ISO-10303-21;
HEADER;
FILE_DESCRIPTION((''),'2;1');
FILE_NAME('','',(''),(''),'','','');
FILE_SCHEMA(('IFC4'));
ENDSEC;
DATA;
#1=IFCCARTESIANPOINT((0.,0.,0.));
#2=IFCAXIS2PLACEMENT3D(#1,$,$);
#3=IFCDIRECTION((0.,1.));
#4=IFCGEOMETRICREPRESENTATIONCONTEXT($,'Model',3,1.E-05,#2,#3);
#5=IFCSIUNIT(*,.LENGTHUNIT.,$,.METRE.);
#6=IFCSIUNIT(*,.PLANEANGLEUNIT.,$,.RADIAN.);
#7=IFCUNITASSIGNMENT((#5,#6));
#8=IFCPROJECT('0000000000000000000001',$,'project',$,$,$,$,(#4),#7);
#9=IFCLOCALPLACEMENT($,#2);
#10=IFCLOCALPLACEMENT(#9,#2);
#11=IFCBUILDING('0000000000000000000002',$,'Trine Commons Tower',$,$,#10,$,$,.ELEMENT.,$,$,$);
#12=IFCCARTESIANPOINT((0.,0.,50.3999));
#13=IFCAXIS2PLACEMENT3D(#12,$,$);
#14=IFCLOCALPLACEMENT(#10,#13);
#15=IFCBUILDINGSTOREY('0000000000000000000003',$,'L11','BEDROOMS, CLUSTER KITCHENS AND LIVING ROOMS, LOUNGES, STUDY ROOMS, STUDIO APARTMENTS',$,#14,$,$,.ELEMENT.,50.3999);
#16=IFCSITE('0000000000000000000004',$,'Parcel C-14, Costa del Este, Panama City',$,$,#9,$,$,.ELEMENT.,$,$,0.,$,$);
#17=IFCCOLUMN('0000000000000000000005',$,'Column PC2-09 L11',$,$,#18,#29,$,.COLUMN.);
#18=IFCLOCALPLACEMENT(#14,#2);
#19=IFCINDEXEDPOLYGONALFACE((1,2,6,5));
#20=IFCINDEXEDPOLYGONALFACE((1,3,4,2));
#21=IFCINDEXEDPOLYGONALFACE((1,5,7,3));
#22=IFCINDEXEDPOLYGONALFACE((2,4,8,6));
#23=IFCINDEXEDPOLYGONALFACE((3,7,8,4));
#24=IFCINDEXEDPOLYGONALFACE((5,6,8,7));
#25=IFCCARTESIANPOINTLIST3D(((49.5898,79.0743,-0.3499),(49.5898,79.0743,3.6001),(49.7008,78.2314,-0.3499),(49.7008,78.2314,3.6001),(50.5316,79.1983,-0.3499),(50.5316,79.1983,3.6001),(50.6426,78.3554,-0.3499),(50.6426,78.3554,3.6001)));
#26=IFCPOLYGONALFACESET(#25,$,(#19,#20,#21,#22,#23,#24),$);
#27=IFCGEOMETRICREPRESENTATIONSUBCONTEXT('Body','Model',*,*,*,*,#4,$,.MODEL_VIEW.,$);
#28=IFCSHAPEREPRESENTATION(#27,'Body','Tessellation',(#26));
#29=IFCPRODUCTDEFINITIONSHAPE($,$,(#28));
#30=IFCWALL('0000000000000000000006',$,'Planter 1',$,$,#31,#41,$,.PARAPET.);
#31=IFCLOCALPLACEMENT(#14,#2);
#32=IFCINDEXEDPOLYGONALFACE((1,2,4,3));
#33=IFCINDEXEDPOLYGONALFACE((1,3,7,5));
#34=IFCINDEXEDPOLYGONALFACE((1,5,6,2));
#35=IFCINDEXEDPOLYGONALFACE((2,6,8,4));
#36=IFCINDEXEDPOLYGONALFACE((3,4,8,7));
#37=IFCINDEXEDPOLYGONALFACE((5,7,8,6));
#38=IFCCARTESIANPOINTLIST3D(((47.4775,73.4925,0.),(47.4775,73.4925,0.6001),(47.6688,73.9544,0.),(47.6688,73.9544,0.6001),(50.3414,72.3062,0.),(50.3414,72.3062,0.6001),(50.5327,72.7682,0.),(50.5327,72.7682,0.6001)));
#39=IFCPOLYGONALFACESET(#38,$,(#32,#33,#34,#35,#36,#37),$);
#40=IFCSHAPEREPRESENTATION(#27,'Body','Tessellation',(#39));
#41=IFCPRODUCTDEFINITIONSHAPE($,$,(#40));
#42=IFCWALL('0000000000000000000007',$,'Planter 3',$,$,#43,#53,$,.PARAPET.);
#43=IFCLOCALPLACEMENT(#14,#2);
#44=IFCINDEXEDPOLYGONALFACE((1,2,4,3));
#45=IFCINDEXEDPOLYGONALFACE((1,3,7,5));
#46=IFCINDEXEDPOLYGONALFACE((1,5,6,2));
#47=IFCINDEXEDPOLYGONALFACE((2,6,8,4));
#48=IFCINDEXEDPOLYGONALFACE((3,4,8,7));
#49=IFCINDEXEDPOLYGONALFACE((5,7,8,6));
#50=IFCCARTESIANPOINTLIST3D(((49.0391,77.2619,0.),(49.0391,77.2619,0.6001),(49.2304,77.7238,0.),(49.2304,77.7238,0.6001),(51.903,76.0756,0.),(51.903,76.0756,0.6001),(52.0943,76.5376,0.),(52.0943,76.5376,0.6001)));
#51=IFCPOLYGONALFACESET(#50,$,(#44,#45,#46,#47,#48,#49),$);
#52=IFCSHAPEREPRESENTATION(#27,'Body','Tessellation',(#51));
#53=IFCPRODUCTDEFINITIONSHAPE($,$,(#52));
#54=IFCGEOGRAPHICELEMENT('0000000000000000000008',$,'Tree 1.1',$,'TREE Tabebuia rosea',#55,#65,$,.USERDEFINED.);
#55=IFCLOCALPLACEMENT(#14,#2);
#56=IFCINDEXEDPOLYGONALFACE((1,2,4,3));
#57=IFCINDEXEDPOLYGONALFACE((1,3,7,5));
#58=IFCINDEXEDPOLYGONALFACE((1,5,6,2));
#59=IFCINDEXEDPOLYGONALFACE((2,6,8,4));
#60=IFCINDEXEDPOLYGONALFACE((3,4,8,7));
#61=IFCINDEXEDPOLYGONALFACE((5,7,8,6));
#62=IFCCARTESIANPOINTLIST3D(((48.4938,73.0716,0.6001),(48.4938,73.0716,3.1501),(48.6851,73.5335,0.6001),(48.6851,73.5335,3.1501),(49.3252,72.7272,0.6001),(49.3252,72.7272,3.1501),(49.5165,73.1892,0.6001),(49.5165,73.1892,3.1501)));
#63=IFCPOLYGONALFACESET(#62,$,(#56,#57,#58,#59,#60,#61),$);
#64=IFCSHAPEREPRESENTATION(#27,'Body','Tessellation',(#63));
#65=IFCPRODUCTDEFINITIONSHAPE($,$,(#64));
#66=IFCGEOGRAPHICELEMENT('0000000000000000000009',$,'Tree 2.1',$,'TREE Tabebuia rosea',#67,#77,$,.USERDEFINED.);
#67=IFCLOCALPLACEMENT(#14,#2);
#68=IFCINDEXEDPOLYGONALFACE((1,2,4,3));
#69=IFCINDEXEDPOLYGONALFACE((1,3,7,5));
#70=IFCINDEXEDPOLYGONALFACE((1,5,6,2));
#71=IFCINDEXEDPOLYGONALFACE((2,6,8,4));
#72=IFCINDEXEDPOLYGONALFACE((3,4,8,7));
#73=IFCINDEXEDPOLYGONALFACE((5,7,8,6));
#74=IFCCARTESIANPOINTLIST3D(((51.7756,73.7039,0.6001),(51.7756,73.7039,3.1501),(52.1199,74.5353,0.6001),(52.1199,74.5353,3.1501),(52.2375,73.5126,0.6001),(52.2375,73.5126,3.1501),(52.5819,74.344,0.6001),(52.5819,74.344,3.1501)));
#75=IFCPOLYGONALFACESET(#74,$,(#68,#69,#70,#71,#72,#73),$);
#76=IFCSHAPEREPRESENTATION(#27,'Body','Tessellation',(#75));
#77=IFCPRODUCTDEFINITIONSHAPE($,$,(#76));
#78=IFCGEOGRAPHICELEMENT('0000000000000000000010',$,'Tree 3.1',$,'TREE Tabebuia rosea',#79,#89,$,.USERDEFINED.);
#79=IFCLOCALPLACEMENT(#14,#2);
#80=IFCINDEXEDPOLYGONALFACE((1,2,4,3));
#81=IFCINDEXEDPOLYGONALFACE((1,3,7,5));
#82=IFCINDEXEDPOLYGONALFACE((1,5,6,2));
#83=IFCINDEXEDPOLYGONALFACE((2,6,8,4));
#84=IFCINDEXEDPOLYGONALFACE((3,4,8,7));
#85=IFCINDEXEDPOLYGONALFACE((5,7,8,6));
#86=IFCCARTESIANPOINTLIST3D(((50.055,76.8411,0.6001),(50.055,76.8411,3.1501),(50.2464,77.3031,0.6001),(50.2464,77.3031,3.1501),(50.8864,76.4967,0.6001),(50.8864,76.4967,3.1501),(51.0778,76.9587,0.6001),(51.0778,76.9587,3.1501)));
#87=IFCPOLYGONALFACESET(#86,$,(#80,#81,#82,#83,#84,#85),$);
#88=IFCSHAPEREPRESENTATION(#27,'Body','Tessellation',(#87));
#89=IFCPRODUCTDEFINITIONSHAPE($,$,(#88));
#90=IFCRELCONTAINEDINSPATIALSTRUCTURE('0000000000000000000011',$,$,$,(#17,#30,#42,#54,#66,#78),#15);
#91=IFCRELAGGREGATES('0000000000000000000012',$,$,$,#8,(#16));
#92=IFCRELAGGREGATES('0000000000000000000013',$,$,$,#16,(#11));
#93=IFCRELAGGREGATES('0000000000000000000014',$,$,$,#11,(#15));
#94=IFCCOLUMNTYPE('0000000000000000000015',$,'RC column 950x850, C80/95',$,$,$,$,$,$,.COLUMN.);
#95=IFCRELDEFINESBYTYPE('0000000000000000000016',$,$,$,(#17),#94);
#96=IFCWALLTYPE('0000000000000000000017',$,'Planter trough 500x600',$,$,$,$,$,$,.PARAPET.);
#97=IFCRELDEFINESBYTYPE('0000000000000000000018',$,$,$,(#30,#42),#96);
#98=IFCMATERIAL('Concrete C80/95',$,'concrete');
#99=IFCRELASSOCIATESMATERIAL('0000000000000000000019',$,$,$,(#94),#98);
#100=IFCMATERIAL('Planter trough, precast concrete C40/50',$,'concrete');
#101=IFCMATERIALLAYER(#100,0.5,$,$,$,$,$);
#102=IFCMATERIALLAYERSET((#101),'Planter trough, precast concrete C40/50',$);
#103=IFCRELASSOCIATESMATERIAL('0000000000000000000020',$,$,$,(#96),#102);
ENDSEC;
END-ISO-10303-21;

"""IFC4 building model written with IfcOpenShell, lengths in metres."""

from ifc_helpers import new_model, si_unit, direction, frame, frame_2d, origin, origin_2d, place, context, subcontext, project, spatial, rectangle, extrude, material, layer, layer_set, material_profile, profile_set, type_object, element, save


model = new_model("IFC4")

# Units and contexts
model_context = context("Model", 3, precision=1e-05, world=origin(), true_north=direction((0.0, 1.0)))
body_context = subcontext(model_context, "Body", "Model", "MODEL_VIEW")
ifc_project = project(units=[si_unit("LENGTHUNIT", "METRE"), si_unit("PLANEANGLEUNIT", "RADIAN")], contexts=[model_context])

# Site, building, storey
site_placement = place(None, origin())
site = spatial("IfcSite", under=ifc_project, at=site_placement, Name="Parcel C-14, Costa del Este, Panama City", CompositionType="ELEMENT", RefElevation=0.0)
building_placement = place(site_placement, origin())
building = spatial("IfcBuilding", under=site, at=building_placement, Name="Trine Commons Tower", CompositionType="ELEMENT")
storey_placement = place(building_placement, frame((0.0, 0.0, 50.3999)))
storey = spatial("IfcBuildingStorey", under=building, at=storey_placement, Name="L11", Description="BEDROOMS, CLUSTER KITCHENS AND LIVING ROOMS, LOUNGES, STUDY ROOMS, STUDIO APARTMENTS", CompositionType="ELEMENT", Elevation=50.3999)

# Column
ifc_material_1 = material(Name="Concrete C80/95", Category="concrete")
ifc_material_profile = material_profile(ifc_material_1, rectangle(XDim=0.95, YDim=0.8501, at=origin_2d()), Name="RC 950x850")
ifc_profile_set = profile_set([ifc_material_profile], Name="Concrete C80/95")
column_type = type_object("IfcColumnType", Name="RC column 950x850, C80/95", PredefinedType="COLUMN", material=ifc_profile_set)
column_placement = place(storey_placement, frame((50.1162, 78.7148, -0.3499), z_axis=(0.0, 0.0, 1.0), x_axis=(0.991445, 0.130526, 0.0)))
element("IfcColumn", 1, at=column_placement, inside=storey, type_object=column_type, Name="Column PC2-09 L11", PredefinedType="COLUMN", context=body_context, shape_type="SweptSolid", body=[
    extrude(rectangle(XDim=0.95, YDim=0.8501, at=origin_2d()), origin(), (0.0, 0.0, 1.0), 3.95),
])

# Walls
ifc_material_2 = material(Name="Planter trough, precast concrete C40/50", Category="concrete")
ifc_layer_1 = layer(ifc_material_2, 0.5)
ifc_layer_set_1 = layer_set([ifc_layer_1], Name="Planter trough, precast concrete C40/50")
wall_type_1 = type_object("IfcWallType", Name="Planter trough 500x600", PredefinedType="PARAPET", material=ifc_layer_set_1)
for number, where, z_axis, x_axis, name in (
    (2, (47.5732, 73.7234, 0.0), (0.0, 0.0, 1.0), (0.923883, -0.382674, 0.0), "Planter 1"),
    (3, (51.9985, 76.3066, 0.0), (0.0, 0.0, 1.0), (-0.923883, 0.382674, 0.0), "Planter 3"),
):
    element("IfcWall", number, at=place(storey_placement, frame(where, z_axis=z_axis, x_axis=x_axis)), inside=storey, type_object=wall_type_1, Name=name, PredefinedType="PARAPET", context=body_context, shape_type="SweptSolid", body=[
        extrude(rectangle(XDim=3.0999, YDim=0.5, at=frame_2d((1.5498, 0.0))), origin(), (0.0, 0.0, 1.0), 0.6001),
    ])

# Geographic elements
for number, where, z_axis, x_axis, name in (
    (4, (49.0051, 73.1304, 0.6001), (0.0, 0.0, 1.0), (0.923886, -0.382669, 0.0), "Tree 1.1"),
    (5, (52.1787, 74.0239, 0.6001), (0.0, 0.0, 1.0), (0.382688, 0.923878, 0.0), "Tree 2.1"),
    (6, (50.5664, 76.8999, 0.6001), (0.0, 0.0, 1.0), (-0.923886, 0.382669, 0.0), "Tree 3.1"),
):
    element("IfcGeographicElement", number, at=place(storey_placement, frame(where, z_axis=z_axis, x_axis=x_axis)), inside=storey, Name=name, ObjectType="TREE Tabebuia rosea", PredefinedType="USERDEFINED", context=body_context, shape_type="SweptSolid", body=[
        extrude(rectangle(XDim=0.8999, YDim=0.5, at=origin_2d()), origin(), (0.0, 0.0, 1.0), 2.55),
    ])

save(model, "model.ifc")
